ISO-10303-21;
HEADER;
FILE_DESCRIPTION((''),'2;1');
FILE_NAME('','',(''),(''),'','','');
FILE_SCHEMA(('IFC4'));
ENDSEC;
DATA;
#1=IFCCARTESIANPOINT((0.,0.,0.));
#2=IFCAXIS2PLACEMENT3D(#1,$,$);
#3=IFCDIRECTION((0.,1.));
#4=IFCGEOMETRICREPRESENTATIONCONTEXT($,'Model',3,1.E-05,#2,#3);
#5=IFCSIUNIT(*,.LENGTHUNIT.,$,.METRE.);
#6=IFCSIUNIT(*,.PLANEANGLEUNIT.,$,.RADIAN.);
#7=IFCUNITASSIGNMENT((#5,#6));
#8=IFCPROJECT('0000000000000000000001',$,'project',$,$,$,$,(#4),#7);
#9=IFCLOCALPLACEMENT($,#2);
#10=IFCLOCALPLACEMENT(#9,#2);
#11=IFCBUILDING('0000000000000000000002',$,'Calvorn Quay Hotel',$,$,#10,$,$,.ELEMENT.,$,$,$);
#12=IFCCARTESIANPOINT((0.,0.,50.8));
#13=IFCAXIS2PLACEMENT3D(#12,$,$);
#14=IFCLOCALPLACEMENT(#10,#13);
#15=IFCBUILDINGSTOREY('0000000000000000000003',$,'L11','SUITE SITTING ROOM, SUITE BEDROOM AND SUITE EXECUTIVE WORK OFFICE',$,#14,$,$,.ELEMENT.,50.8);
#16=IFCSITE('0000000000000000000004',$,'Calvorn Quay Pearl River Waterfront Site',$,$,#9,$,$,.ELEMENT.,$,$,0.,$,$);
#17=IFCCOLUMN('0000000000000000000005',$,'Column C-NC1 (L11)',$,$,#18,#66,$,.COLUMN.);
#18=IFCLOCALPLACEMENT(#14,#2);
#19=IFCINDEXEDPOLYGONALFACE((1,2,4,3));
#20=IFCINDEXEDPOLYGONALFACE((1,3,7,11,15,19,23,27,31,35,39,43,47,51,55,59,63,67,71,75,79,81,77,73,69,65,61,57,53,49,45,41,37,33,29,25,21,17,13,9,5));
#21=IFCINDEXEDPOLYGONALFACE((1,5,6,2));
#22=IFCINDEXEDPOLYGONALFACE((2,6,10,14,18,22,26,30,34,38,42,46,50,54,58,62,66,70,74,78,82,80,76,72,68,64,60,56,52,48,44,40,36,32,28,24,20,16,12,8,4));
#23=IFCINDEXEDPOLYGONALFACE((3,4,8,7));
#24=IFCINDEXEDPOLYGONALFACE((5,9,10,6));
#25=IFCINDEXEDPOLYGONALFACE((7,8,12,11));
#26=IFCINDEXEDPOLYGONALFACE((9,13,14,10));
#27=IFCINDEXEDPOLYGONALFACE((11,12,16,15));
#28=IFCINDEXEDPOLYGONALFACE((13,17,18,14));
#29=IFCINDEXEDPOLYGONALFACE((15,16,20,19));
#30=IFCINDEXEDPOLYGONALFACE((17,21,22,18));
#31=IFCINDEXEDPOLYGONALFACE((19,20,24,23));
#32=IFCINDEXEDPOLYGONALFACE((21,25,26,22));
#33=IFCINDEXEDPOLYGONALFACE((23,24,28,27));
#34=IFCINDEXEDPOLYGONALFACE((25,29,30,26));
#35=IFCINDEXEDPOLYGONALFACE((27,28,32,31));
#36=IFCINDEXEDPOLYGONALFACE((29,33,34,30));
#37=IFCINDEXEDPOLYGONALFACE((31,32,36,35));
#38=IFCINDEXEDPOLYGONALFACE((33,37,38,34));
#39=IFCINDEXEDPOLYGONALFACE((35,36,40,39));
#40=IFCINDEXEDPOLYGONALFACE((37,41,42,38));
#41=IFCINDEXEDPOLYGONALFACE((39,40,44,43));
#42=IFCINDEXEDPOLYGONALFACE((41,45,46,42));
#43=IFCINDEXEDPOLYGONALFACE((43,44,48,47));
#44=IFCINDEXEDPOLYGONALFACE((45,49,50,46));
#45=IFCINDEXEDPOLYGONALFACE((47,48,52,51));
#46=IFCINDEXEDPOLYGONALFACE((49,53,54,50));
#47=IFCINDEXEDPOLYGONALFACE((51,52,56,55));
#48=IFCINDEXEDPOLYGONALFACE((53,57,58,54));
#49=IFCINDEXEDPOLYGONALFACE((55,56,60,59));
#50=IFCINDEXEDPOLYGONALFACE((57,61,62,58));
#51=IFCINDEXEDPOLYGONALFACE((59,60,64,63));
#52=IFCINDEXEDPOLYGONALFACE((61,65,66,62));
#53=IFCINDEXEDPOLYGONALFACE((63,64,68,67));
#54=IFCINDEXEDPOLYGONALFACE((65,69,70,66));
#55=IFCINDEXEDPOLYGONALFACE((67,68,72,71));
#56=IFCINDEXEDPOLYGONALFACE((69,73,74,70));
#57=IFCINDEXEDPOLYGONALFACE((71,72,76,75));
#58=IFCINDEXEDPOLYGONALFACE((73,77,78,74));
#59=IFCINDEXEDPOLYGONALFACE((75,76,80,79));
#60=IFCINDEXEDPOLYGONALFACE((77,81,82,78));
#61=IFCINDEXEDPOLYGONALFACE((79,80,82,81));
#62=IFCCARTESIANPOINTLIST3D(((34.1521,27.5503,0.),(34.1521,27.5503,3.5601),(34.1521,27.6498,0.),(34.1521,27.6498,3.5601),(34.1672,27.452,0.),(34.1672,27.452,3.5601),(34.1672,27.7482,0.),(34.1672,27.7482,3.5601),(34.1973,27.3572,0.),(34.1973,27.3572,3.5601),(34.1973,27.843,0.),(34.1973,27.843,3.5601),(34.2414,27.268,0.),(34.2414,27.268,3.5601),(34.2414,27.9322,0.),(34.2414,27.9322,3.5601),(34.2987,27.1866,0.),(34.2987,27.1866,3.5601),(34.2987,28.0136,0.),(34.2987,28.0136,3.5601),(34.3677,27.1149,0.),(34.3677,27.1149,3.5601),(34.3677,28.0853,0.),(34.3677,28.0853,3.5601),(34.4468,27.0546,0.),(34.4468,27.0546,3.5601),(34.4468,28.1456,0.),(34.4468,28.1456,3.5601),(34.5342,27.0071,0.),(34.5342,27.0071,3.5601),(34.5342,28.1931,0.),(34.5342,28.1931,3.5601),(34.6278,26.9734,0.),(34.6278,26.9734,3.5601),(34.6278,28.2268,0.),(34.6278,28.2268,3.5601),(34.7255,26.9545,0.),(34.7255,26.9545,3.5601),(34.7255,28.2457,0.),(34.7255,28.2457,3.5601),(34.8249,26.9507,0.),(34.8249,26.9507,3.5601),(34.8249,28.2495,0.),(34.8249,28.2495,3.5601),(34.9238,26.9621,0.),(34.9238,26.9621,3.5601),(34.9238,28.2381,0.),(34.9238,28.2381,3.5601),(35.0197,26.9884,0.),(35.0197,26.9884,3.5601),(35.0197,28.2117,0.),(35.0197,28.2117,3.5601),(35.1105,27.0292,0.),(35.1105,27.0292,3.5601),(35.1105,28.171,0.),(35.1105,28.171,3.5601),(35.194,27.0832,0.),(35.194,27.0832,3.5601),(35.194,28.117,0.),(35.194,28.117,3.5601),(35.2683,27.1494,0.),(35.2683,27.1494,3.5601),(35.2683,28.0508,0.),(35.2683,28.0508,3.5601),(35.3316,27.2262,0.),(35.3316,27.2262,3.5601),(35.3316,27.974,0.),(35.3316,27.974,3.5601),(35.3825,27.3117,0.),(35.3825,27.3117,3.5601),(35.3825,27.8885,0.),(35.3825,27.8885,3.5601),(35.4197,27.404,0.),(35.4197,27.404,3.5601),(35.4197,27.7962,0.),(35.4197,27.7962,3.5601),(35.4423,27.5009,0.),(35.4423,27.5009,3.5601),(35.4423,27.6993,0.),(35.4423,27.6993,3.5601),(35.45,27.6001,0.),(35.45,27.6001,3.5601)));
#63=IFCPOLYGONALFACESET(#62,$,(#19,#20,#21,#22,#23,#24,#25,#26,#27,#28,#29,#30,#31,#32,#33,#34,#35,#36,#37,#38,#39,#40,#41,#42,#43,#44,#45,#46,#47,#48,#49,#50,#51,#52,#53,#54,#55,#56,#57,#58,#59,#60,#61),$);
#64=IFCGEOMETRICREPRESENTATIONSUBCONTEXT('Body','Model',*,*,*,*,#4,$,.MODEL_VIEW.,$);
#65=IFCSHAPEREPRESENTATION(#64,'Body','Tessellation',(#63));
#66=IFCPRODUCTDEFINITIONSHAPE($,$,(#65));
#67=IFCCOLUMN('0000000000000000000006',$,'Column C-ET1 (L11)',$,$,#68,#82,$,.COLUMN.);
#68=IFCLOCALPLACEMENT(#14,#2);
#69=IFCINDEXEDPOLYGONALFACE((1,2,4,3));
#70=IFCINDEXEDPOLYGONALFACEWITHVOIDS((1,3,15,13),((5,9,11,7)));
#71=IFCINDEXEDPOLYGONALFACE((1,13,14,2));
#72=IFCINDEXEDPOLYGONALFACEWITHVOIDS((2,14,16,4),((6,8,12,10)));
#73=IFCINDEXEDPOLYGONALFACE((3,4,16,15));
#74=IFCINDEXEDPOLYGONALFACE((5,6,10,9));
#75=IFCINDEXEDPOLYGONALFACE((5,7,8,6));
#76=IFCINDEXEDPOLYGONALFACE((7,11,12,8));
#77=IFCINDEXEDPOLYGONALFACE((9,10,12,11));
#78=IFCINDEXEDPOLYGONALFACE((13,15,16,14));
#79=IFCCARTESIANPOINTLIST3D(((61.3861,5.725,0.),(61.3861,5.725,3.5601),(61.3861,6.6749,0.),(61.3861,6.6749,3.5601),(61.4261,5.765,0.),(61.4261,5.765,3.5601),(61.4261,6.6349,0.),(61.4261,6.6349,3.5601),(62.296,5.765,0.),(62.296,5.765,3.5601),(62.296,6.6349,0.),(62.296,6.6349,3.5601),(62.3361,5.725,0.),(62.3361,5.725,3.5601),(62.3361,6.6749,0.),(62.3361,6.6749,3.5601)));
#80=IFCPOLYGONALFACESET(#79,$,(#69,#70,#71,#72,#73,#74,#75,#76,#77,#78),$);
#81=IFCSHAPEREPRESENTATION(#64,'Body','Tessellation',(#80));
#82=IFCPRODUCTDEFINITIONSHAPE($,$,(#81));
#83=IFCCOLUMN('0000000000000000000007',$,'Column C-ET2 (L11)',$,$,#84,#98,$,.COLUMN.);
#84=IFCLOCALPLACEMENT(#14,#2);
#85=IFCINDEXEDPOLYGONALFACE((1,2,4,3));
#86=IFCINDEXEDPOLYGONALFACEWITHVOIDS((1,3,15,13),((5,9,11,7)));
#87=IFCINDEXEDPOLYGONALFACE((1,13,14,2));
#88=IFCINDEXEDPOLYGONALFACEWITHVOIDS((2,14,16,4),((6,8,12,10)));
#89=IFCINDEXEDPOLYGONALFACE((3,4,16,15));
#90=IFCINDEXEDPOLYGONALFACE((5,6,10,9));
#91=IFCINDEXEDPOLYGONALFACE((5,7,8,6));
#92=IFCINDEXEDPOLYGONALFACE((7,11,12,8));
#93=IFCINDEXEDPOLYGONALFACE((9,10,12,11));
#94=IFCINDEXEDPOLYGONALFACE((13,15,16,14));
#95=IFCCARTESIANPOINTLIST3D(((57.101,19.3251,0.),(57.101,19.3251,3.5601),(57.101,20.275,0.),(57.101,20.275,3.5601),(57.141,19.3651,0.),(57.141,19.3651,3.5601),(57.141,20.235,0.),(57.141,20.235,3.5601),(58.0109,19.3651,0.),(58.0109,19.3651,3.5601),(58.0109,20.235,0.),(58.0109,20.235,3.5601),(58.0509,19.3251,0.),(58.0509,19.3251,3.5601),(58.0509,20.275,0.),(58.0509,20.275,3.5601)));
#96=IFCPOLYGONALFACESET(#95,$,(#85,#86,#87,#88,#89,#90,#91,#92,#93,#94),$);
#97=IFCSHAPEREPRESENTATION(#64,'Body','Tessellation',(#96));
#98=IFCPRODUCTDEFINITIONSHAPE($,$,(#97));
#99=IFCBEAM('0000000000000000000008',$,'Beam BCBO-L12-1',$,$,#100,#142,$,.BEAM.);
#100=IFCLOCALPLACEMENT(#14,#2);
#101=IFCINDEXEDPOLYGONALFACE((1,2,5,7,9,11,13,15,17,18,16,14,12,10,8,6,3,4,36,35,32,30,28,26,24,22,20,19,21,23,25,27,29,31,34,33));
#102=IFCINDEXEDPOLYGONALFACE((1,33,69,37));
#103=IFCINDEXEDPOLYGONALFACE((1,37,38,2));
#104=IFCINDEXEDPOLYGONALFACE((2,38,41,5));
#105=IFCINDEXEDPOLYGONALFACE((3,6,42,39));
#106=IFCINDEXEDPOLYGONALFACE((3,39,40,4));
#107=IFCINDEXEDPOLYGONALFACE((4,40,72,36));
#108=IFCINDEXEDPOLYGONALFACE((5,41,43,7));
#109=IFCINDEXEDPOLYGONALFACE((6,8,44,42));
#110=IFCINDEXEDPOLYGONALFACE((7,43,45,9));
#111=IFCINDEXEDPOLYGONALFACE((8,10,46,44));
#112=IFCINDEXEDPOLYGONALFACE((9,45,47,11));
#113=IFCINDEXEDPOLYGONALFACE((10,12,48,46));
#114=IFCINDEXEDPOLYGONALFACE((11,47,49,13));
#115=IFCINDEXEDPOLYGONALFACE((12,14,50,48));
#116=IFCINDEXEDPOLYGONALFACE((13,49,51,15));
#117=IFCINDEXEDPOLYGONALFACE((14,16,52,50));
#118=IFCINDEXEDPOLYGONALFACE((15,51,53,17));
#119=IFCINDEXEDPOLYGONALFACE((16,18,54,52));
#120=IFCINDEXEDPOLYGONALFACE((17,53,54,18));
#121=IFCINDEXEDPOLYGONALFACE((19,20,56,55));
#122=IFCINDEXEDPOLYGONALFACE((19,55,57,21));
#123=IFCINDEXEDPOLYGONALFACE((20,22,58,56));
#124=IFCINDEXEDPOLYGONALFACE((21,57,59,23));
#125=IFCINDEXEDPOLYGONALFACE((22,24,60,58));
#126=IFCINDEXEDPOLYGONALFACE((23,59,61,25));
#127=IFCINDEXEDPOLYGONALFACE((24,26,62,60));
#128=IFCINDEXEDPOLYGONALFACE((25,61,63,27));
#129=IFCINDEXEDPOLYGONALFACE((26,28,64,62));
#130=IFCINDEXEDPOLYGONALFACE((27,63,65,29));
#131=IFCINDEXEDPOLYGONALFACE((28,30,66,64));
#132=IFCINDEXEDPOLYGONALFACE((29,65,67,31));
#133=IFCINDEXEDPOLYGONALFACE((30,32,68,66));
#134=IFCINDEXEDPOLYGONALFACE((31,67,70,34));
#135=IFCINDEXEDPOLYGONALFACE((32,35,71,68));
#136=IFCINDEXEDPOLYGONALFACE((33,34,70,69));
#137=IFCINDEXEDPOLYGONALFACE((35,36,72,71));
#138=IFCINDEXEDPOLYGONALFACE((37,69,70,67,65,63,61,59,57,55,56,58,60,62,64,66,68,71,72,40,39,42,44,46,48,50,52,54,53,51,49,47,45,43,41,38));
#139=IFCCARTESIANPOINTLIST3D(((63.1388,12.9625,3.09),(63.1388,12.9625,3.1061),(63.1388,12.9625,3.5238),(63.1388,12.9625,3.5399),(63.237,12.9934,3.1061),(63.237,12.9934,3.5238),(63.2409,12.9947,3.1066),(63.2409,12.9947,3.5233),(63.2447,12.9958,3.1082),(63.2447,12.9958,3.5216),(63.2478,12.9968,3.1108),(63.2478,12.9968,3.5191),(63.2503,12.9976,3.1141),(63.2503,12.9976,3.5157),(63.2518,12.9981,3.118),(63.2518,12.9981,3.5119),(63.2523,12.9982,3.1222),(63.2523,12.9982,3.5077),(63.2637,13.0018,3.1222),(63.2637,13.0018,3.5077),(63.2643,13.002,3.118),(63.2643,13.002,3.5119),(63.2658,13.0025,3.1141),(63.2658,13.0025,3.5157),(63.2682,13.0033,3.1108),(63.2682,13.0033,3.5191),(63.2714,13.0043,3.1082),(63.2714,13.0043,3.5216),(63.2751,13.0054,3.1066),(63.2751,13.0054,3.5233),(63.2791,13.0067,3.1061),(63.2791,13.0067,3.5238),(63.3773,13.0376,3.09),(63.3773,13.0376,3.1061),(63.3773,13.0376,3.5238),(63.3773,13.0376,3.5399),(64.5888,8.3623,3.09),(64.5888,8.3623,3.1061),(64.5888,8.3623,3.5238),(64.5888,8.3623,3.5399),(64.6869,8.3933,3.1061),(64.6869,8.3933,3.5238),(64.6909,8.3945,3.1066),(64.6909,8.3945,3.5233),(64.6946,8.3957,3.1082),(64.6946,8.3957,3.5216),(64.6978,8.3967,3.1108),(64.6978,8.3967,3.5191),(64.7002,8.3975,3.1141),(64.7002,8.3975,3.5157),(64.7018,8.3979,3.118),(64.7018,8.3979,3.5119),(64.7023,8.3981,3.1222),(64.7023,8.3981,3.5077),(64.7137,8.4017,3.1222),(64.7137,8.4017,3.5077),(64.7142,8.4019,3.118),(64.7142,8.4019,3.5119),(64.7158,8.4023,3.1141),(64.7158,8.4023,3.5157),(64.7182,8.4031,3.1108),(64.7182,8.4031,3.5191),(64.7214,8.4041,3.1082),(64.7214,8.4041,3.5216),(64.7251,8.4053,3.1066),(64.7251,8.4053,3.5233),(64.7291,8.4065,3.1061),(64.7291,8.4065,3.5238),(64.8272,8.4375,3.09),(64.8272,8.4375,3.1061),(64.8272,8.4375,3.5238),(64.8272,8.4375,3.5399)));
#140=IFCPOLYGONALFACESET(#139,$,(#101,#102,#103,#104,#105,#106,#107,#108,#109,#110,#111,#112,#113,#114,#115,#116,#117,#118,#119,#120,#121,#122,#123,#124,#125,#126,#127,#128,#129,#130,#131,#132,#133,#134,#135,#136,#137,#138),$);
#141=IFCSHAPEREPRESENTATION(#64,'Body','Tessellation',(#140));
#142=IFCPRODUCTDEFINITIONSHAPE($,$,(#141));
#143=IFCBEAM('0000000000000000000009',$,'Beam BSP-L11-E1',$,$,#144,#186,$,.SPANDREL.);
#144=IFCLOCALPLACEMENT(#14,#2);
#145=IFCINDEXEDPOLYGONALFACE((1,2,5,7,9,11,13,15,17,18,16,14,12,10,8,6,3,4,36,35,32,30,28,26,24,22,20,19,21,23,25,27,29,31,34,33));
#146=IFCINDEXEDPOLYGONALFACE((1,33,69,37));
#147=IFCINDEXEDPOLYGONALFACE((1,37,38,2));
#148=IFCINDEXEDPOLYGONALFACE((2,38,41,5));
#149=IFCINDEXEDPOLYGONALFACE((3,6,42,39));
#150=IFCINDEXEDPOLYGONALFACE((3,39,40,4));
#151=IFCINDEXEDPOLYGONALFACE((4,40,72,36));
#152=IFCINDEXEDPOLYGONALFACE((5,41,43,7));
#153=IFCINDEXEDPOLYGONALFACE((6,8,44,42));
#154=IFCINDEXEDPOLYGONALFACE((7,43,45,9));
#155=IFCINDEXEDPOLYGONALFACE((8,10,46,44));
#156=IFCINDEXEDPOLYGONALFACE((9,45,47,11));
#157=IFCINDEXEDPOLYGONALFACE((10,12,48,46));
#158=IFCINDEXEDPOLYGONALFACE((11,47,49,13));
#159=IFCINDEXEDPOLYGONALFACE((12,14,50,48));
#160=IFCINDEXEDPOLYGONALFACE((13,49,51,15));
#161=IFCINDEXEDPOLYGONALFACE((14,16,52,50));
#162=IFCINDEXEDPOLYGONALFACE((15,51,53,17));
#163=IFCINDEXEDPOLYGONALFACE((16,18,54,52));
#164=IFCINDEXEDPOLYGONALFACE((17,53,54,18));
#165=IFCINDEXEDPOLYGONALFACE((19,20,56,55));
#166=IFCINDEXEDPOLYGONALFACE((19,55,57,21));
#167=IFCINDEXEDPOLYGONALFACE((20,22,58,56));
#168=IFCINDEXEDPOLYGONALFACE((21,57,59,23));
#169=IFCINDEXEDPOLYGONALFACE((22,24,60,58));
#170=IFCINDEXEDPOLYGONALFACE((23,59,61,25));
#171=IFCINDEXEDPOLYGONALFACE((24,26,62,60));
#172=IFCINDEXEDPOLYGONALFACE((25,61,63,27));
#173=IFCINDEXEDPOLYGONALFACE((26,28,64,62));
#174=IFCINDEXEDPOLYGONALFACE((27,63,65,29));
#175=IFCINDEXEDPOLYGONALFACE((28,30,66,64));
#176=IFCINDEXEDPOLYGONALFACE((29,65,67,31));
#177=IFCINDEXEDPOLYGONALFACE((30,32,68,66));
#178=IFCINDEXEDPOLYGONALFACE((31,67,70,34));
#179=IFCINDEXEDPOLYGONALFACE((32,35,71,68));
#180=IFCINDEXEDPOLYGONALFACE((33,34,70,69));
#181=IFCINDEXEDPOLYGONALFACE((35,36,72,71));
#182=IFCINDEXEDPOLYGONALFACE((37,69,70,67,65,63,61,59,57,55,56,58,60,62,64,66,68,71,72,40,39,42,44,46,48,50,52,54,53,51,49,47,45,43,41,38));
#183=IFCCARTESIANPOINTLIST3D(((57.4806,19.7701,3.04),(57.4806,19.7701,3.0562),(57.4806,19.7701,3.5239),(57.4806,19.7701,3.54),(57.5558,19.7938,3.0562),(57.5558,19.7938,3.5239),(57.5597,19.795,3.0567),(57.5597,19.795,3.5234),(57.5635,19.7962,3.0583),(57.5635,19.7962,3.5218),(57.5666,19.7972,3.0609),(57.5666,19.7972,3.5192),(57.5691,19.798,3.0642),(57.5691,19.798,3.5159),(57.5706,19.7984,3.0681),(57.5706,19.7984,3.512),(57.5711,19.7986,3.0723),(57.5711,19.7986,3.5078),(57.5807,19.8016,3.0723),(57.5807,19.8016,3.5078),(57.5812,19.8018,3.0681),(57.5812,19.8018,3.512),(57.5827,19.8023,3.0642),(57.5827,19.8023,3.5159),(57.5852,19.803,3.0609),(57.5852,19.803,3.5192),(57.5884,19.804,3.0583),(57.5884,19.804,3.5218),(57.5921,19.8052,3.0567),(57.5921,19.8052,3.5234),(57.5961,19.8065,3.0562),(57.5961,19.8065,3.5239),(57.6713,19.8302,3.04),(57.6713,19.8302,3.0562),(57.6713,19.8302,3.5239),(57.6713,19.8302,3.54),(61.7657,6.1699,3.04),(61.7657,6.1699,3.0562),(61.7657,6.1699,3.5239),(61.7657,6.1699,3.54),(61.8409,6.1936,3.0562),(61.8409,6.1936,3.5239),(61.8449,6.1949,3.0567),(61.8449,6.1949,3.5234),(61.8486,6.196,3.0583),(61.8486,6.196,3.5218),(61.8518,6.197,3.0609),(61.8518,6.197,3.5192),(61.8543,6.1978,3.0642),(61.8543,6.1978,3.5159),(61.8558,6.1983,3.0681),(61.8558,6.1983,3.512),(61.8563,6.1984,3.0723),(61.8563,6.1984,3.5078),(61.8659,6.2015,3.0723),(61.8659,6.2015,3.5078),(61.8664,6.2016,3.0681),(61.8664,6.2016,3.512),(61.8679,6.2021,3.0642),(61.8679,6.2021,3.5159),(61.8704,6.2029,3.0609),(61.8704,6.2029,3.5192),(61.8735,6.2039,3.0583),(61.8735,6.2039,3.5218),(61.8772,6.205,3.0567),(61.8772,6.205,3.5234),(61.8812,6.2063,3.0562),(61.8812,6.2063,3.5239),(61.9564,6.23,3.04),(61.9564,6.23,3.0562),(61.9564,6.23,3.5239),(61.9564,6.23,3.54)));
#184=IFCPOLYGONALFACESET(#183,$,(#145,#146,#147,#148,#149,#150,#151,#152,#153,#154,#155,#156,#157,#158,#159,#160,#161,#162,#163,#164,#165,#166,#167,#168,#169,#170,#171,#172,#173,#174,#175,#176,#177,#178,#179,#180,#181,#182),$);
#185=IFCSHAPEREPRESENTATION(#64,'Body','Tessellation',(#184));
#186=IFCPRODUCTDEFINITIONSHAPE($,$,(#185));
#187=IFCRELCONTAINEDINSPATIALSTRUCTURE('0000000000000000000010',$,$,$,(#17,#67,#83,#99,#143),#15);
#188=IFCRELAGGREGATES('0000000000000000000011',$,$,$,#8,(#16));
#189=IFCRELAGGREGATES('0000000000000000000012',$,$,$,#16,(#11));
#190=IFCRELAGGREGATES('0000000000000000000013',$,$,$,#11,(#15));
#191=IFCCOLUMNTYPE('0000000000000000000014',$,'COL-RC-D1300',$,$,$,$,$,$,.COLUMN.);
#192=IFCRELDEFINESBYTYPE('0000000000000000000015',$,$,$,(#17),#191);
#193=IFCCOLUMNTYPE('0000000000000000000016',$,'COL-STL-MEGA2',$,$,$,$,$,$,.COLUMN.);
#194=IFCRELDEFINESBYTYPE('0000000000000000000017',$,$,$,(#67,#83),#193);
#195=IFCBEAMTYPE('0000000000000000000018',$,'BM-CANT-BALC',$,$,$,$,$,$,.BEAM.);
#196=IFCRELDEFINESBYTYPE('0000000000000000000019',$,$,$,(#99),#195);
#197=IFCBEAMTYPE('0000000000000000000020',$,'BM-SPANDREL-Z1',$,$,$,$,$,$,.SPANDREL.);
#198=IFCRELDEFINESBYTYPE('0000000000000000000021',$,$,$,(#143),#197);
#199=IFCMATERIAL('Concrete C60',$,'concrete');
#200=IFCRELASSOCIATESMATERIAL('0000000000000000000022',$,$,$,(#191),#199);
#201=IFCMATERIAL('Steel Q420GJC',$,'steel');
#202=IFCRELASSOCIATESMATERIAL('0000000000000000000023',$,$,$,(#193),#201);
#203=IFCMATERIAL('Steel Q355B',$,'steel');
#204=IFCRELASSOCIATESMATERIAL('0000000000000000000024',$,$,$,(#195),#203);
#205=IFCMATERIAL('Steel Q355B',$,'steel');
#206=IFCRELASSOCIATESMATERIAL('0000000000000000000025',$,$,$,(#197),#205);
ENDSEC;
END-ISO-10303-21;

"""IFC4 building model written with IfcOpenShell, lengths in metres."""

from ifc_helpers import new_model, si_unit, direction, frame, origin, origin_2d, place, context, subcontext, project, spatial, hollow_rectangle, circle, i_section, extrude, material, material_profile, profile_set, type_object, element, save


model = new_model("IFC4")

# Units and contexts
model_context = context("Model", 3, precision=1e-05, world=origin(), true_north=direction((0.0, 1.0)))
body_context = subcontext(model_context, "Body", "Model", "MODEL_VIEW")
ifc_project = project(units=[si_unit("LENGTHUNIT", "METRE"), si_unit("PLANEANGLEUNIT", "RADIAN")], contexts=[model_context])

# Site, building, storey
site_placement = place(None, origin())
site = spatial("IfcSite", under=ifc_project, at=site_placement, Name="Calvorn Quay Pearl River Waterfront Site", CompositionType="ELEMENT", RefElevation=0.0)
building_placement = place(site_placement, origin())
building = spatial("IfcBuilding", under=site, at=building_placement, Name="Calvorn Quay Hotel", CompositionType="ELEMENT")
storey_placement = place(building_placement, frame((0.0, 0.0, 50.8)))
storey = spatial("IfcBuildingStorey", under=building, at=storey_placement, Name="L11", Description="SUITE SITTING ROOM, SUITE BEDROOM AND SUITE EXECUTIVE WORK OFFICE", CompositionType="ELEMENT", Elevation=50.8)

# Columns
ifc_material_1 = material(Name="Concrete C60", Category="concrete")
ifc_material_profile_1 = material_profile(ifc_material_1, circle(Radius=0.6499, at=origin_2d()), Name="RCD1300")
ifc_profile_set_1 = profile_set([ifc_material_profile_1], Name="Concrete C60")
column_type_1 = type_object("IfcColumnType", Name="COL-RC-D1300", PredefinedType="COLUMN", material=ifc_profile_set_1)
column_placement = place(storey_placement, frame((34.8, 27.6001, 0.0), z_axis=(0.0, 0.0, 1.0), x_axis=(1.0, 0.0, 0.0)))
element("IfcColumn", 1, at=column_placement, inside=storey, type_object=column_type_1, Name="Column C-NC1 (L11)", PredefinedType="COLUMN", context=body_context, shape_type="SweptSolid", body=[
    extrude(circle(Radius=0.6499, at=origin_2d()), origin(), (0.0, 0.0, 1.0), 3.5601),
])
ifc_material_2 = material(Name="Steel Q420GJC", Category="steel")
ifc_material_profile_2 = material_profile(ifc_material_2, hollow_rectangle(XDim=0.95, YDim=0.95, WallThickness=0.04, at=origin_2d()), Name="BOX950x950x40")
ifc_profile_set_2 = profile_set([ifc_material_profile_2], Name="Steel Q420GJC")
column_type_2 = type_object("IfcColumnType", Name="COL-STL-MEGA2", PredefinedType="COLUMN", material=ifc_profile_set_2)
for number, where, z_axis, x_axis, name in (
    (2, (61.8611, 6.2, 0.0), (0.0, 0.0, 1.0), (1.0, 0.0, 0.0), "Column C-ET1 (L11)"),
    (3, (57.5759, 19.8, 0.0), (0.0, 0.0, 1.0), (1.0, 0.0, 0.0), "Column C-ET2 (L11)"),
):
    element("IfcColumn", number, at=place(storey_placement, frame(where, z_axis=z_axis, x_axis=x_axis)), inside=storey, type_object=column_type_2, Name=name, PredefinedType="COLUMN", context=body_context, shape_type="SweptSolid", body=[
        extrude(hollow_rectangle(XDim=0.95, YDim=0.95, WallThickness=0.04, at=origin_2d()), origin(), (0.0, 0.0, 1.0), 3.5601),
    ])

# Beams
ifc_material_3 = material(Name="Steel Q355B", Category="steel")
ifc_material_profile_3 = material_profile(ifc_material_3, i_section(OverallWidth=0.25, OverallDepth=0.45, WebThickness=0.012, FlangeThickness=0.0161, FilletRadius=0.0161, at=origin_2d()), Name="HN450x250x12x16")
ifc_profile_set_3 = profile_set([ifc_material_profile_3], Name="Steel Q355B")
beam_type_1 = type_object("IfcBeamType", Name="BM-CANT-BALC", PredefinedType="BEAM", material=ifc_profile_set_3)
beam_1_placement = place(storey_placement, frame((64.708, 8.3999, 3.3149), z_axis=(-0.30062, 0.953744, 0.0), x_axis=(-0.953744, -0.30062, 0.0)))
element("IfcBeam", 4, at=beam_1_placement, inside=storey, type_object=beam_type_1, Name="Beam BCBO-L12-1", PredefinedType="BEAM", context=body_context, shape_type="SweptSolid", body=[
    extrude(i_section(OverallWidth=0.25, OverallDepth=0.45, WebThickness=0.012, FlangeThickness=0.0161, FilletRadius=0.0161, at=origin_2d()), origin(), (0.0, 0.0, 1.0), 4.8232),
])
ifc_material_4 = material(Name="Steel Q355B", Category="steel")
ifc_material_profile_4 = material_profile(ifc_material_4, i_section(OverallWidth=0.2, OverallDepth=0.5, WebThickness=0.01, FlangeThickness=0.0161, FilletRadius=0.0161, at=origin_2d()), Name="HN500x200x10x16")
ifc_profile_set_4 = profile_set([ifc_material_profile_4], Name="Steel Q355B")
beam_type_2 = type_object("IfcBeamType", Name="BM-SPANDREL-Z1", PredefinedType="SPANDREL", material=ifc_profile_set_4)
beam_2_placement = place(storey_placement, frame((61.8611, 6.2, 3.29), z_axis=(-0.300518, 0.953776, 0.0), x_axis=(-0.953776, -0.300518, 0.0)))
element("IfcBeam", 5, at=beam_2_placement, inside=storey, type_object=beam_type_2, Name="Beam BSP-L11-E1", PredefinedType="SPANDREL", context=body_context, shape_type="SweptSolid", body=[
    extrude(i_section(OverallWidth=0.2, OverallDepth=0.5, WebThickness=0.01, FlangeThickness=0.0161, FilletRadius=0.0161, at=origin_2d()), origin(), (0.0, 0.0, 1.0), 14.2593),
])

save(model, "model.ifc")
